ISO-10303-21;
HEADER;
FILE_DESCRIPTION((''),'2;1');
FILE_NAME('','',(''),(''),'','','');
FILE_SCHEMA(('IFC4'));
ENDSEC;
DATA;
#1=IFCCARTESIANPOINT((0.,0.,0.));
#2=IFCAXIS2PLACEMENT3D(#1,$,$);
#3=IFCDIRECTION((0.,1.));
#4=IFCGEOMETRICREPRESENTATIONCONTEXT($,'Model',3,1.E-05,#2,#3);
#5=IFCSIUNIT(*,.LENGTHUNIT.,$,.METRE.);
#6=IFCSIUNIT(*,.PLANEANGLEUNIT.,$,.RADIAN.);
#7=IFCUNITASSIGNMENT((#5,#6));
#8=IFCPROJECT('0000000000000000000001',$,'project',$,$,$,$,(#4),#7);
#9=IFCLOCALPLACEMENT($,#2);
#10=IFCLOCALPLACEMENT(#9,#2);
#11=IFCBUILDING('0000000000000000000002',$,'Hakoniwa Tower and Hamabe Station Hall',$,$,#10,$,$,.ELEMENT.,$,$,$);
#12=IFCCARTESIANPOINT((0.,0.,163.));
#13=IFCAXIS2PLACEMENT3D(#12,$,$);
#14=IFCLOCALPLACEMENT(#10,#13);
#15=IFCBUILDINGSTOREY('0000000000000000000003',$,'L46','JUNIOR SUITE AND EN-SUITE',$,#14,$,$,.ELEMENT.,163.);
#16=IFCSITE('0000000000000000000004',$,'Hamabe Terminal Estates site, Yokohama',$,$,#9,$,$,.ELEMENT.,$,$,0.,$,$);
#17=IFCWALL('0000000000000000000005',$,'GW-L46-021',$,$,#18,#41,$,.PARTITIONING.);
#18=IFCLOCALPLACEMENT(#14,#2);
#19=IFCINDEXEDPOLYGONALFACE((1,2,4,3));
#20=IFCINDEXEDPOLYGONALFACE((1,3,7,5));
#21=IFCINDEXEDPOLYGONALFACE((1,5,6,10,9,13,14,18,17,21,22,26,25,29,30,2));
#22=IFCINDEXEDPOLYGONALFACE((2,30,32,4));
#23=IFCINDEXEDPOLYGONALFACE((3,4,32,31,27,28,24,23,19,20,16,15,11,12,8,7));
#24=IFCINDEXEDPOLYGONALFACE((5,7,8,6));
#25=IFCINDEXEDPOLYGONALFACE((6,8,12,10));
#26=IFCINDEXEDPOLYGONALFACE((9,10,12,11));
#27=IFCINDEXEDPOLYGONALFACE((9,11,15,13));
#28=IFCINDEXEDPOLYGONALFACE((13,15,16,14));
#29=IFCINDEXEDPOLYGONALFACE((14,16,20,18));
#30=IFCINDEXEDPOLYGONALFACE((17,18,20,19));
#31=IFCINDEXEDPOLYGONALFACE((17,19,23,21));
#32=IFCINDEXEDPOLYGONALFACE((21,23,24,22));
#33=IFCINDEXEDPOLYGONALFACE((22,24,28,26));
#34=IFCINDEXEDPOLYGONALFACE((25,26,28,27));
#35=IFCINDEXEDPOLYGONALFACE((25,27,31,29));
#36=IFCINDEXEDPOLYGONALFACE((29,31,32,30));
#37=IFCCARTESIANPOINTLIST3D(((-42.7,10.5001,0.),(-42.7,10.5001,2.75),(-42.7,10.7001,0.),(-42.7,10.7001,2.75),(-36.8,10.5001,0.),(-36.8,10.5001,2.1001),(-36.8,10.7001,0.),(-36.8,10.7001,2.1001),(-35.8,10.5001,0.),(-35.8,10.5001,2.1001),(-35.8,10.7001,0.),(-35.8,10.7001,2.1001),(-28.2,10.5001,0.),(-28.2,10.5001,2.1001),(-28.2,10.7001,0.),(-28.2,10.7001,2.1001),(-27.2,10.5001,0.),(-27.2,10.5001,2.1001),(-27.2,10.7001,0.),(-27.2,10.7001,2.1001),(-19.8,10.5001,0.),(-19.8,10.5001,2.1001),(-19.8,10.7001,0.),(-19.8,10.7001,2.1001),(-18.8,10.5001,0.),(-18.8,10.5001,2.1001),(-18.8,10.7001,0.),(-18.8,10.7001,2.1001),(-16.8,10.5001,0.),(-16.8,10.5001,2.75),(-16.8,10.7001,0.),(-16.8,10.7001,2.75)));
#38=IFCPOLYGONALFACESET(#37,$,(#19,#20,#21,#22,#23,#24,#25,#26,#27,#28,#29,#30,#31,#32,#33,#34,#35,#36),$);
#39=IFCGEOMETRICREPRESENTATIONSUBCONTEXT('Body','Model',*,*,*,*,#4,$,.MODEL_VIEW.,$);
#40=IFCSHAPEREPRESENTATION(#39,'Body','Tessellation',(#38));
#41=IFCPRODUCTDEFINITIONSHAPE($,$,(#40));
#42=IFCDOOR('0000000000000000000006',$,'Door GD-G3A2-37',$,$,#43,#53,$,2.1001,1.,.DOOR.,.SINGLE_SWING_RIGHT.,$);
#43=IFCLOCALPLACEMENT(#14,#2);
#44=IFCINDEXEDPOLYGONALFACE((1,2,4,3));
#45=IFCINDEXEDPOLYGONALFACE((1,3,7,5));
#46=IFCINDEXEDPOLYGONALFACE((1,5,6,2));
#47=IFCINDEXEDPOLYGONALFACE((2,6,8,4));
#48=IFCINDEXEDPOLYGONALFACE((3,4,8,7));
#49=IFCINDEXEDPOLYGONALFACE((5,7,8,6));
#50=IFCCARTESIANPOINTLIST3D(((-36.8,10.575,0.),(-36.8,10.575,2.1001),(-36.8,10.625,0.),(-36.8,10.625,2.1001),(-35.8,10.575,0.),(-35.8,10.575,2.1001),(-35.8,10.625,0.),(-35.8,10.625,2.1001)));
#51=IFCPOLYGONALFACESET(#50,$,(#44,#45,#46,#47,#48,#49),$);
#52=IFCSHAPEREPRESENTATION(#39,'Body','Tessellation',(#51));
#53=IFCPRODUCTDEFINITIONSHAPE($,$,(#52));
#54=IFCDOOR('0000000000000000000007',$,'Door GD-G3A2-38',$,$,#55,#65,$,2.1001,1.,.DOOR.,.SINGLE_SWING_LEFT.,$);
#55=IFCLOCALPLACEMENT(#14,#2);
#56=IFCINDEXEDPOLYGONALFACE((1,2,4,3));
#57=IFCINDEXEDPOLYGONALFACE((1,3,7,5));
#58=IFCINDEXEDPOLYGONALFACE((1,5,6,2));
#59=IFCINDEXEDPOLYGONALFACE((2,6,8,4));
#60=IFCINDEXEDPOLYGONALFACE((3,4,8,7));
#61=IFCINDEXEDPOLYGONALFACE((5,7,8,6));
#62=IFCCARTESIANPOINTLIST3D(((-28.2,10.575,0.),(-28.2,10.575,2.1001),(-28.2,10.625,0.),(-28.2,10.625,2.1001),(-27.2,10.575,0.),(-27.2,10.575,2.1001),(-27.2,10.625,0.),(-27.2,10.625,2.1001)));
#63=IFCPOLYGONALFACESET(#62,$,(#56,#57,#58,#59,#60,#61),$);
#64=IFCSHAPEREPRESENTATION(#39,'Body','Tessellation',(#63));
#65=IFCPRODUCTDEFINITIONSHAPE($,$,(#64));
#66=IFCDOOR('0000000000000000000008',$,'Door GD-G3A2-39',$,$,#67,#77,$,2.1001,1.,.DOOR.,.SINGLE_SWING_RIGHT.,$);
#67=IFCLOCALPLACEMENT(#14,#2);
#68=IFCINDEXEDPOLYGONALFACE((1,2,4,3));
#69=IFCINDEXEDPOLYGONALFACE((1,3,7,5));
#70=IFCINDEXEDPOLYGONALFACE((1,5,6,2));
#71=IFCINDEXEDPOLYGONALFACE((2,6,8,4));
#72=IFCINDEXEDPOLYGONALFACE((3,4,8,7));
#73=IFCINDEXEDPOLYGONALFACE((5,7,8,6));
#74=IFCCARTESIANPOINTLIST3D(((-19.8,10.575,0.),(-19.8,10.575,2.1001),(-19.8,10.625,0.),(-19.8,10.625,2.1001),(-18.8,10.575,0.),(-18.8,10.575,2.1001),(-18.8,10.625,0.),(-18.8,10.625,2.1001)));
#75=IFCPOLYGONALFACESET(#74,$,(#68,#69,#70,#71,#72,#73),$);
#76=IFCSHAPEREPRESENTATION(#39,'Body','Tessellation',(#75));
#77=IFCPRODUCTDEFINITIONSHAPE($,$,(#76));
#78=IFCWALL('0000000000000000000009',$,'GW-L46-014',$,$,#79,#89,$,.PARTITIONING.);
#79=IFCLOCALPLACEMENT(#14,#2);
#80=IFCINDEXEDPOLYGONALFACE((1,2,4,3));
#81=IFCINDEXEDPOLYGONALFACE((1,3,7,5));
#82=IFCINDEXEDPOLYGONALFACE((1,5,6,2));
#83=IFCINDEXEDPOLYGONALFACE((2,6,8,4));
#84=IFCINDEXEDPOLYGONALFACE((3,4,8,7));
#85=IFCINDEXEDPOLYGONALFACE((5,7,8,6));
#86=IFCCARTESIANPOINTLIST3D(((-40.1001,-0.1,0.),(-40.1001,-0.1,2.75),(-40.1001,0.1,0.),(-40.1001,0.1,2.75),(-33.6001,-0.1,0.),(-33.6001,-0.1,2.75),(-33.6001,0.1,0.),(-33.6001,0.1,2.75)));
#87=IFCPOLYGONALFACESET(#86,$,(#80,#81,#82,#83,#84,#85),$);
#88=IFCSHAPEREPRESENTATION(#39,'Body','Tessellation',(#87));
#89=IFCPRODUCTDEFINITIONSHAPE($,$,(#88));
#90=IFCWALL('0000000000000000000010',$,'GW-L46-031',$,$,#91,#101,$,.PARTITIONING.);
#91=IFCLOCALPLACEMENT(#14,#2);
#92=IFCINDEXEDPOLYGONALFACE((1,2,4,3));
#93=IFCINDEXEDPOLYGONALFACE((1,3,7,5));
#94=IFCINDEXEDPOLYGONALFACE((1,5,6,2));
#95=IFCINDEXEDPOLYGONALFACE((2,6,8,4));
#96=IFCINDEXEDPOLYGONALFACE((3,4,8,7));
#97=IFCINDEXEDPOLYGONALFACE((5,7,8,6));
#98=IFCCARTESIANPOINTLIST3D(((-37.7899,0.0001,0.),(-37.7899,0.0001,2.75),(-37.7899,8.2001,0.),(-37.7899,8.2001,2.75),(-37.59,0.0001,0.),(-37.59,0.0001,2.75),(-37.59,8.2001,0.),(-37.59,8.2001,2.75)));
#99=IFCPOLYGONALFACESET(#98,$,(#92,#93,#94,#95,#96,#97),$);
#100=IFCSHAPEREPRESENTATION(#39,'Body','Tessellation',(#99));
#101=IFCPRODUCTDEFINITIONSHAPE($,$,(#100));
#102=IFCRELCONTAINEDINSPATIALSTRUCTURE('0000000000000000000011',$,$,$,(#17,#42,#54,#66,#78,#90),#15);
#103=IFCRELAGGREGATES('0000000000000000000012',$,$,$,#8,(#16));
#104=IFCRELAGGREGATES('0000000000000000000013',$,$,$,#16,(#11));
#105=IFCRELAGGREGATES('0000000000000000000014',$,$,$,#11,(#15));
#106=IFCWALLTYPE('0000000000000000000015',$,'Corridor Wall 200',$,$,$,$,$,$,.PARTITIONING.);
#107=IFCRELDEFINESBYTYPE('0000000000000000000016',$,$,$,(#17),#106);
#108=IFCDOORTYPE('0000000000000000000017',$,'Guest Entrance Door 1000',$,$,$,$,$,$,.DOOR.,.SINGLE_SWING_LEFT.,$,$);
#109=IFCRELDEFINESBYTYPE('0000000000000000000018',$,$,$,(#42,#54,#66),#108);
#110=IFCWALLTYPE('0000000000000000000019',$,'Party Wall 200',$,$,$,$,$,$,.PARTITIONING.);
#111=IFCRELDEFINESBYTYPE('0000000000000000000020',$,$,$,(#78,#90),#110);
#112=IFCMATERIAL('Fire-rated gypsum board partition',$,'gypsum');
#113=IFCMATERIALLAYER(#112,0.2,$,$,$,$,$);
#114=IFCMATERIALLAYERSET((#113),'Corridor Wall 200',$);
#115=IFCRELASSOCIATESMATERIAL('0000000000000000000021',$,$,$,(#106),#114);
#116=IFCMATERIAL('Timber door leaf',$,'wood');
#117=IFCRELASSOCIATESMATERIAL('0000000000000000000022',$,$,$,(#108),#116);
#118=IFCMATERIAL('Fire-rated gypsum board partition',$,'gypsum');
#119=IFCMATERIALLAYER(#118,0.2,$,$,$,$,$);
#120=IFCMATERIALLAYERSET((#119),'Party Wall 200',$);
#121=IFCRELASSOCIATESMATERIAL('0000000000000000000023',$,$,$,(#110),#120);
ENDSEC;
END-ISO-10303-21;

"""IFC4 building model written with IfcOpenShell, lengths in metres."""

from ifc_helpers import new_model, si_unit, direction, frame, frame_2d, origin, place, context, subcontext, project, spatial, rectangle, extrude, material, layer, layer_set, type_object, element, fill, save


model = new_model("IFC4")

# Units and contexts
model_context = context("Model", 3, precision=1e-05, world=origin(), true_north=direction((0.0, 1.0)))
body_context = subcontext(model_context, "Body", "Model", "MODEL_VIEW")
ifc_project = project(units=[si_unit("LENGTHUNIT", "METRE"), si_unit("PLANEANGLEUNIT", "RADIAN")], contexts=[model_context])

# Site, building, storey
site_placement = place(None, origin())
site = spatial("IfcSite", under=ifc_project, at=site_placement, Name="Hamabe Terminal Estates site, Yokohama", CompositionType="ELEMENT", RefElevation=0.0)
building_placement = place(site_placement, origin())
building = spatial("IfcBuilding", under=site, at=building_placement, Name="Hakoniwa Tower and Hamabe Station Hall", CompositionType="ELEMENT")
storey_placement = place(building_placement, frame((0.0, 0.0, 163.0)))
storey = spatial("IfcBuildingStorey", under=building, at=storey_placement, Name="L46", Description="JUNIOR SUITE AND EN-SUITE", CompositionType="ELEMENT", Elevation=163.0)

# Wall, openings, doors
ifc_material_1 = material(Name="Fire-rated gypsum board partition", Category="gypsum")
ifc_layer_1 = layer(ifc_material_1, 0.2)
ifc_layer_set_1 = layer_set([ifc_layer_1], Name="Corridor Wall 200")
wall_type_1 = type_object("IfcWallType", Name="Corridor Wall 200", PredefinedType="PARTITIONING", material=ifc_layer_set_1)
wall_1_placement = place(storey_placement, frame((-42.7, 10.6001, 0.0), z_axis=(0.0, 0.0, 1.0), x_axis=(1.0, 0.0, 0.0)))
wall_1 = element("IfcWall", 1, at=wall_1_placement, inside=storey, type_object=wall_type_1, Name="GW-L46-021", PredefinedType="PARTITIONING", context=body_context, shape_type="SweptSolid", body=[
    extrude(rectangle(XDim=25.8999, YDim=0.2, at=frame_2d((12.95, 0.0))), origin(), (0.0, 0.0, 1.0), 2.75),
])
opening_1_placement = place(wall_1_placement, frame((5.8999, 0.0, 0.0)))
opening_1 = element("IfcOpeningElement", 2, at=opening_1_placement, cuts=wall_1, PredefinedType="OPENING", context=body_context, shape_type="SweptSolid", body=[
    extrude(rectangle(XDim=1.0, YDim=2.1001, at=frame_2d((0.5, 1.05))), frame((0.0, 0.1099, 0.0), z_axis=(0.0, -1.0, 0.0), x_axis=(1.0, 0.0, 0.0)), (0.0, 0.0, 1.0), 0.22),
])
opening_2_placement = place(wall_1_placement, frame((14.5, 0.0, 0.0)))
opening_2 = element("IfcOpeningElement", 3, at=opening_2_placement, cuts=wall_1, PredefinedType="OPENING", context=body_context, shape_type="SweptSolid", body=[
    extrude(rectangle(XDim=1.0, YDim=2.1001, at=frame_2d((0.5, 1.05))), frame((0.0, 0.1099, 0.0), z_axis=(0.0, -1.0, 0.0), x_axis=(1.0, 0.0, 0.0)), (0.0, 0.0, 1.0), 0.22),
])
opening_3_placement = place(wall_1_placement, frame((22.8999, 0.0, 0.0)))
opening_3 = element("IfcOpeningElement", 4, at=opening_3_placement, cuts=wall_1, PredefinedType="OPENING", context=body_context, shape_type="SweptSolid", body=[
    extrude(rectangle(XDim=1.0, YDim=2.1001, at=frame_2d((0.5, 1.05))), frame((0.0, 0.1099, 0.0), z_axis=(0.0, -1.0, 0.0), x_axis=(1.0, 0.0, 0.0)), (0.0, 0.0, 1.0), 0.22),
])
ifc_material_2 = material(Name="Timber door leaf", Category="wood")
door_type_1 = type_object("IfcDoorType", Name="Guest Entrance Door 1000", OperationType="SINGLE_SWING_LEFT", PredefinedType="DOOR", material=ifc_material_2)
door_1_placement = place(opening_1_placement, origin())
door_1 = element("IfcDoor", 5, at=door_1_placement, inside=storey, type_object=door_type_1, Name="Door GD-G3A2-37", OperationType="SINGLE_SWING_RIGHT", OverallHeight=2.1001, OverallWidth=1.0, PredefinedType="DOOR", context=body_context, shape_type="SweptSolid", body=[
    extrude(rectangle(XDim=1.0, YDim=2.1001, at=frame_2d((0.5, 1.05))), frame((0.0, 0.0249, 0.0), z_axis=(0.0, -1.0, 0.0), x_axis=(1.0, 0.0, 0.0)), (0.0, 0.0, 1.0), 0.05),
])
fill(opening_1, door_1)
door_2_placement = place(opening_2_placement, origin())
door_2 = element("IfcDoor", 6, at=door_2_placement, inside=storey, type_object=door_type_1, Name="Door GD-G3A2-38", OperationType="SINGLE_SWING_LEFT", OverallHeight=2.1001, OverallWidth=1.0, PredefinedType="DOOR", context=body_context, shape_type="SweptSolid", body=[
    extrude(rectangle(XDim=1.0, YDim=2.1001, at=frame_2d((0.5, 1.05))), frame((0.0, 0.0249, 0.0), z_axis=(0.0, -1.0, 0.0), x_axis=(1.0, 0.0, 0.0)), (0.0, 0.0, 1.0), 0.05),
])
fill(opening_2, door_2)
door_3_placement = place(opening_3_placement, origin())
door_3 = element("IfcDoor", 7, at=door_3_placement, inside=storey, type_object=door_type_1, Name="Door GD-G3A2-39", OperationType="SINGLE_SWING_RIGHT", OverallHeight=2.1001, OverallWidth=1.0, PredefinedType="DOOR", context=body_context, shape_type="SweptSolid", body=[
    extrude(rectangle(XDim=1.0, YDim=2.1001, at=frame_2d((0.5, 1.05))), frame((0.0, 0.0249, 0.0), z_axis=(0.0, -1.0, 0.0), x_axis=(1.0, 0.0, 0.0)), (0.0, 0.0, 1.0), 0.05),
])
fill(opening_3, door_3)

# Walls
ifc_material_3 = material(Name="Fire-rated gypsum board partition", Category="gypsum")
ifc_layer_2 = layer(ifc_material_3, 0.2)
ifc_layer_set_2 = layer_set([ifc_layer_2], Name="Party Wall 200")
wall_type_2 = type_object("IfcWallType", Name="Party Wall 200", PredefinedType="PARTITIONING", material=ifc_layer_set_2)
wall_2_placement = place(storey_placement, frame((-40.1001, 0.0, 0.0), z_axis=(0.0, 0.0, 1.0), x_axis=(1.0, 0.0, 0.0)))
element("IfcWall", 8, at=wall_2_placement, inside=storey, type_object=wall_type_2, Name="GW-L46-014", PredefinedType="PARTITIONING", context=body_context, shape_type="SweptSolid", body=[
    extrude(rectangle(XDim=6.5, YDim=0.2, at=frame_2d((3.25, 0.0))), origin(), (0.0, 0.0, 1.0), 2.75),
])
wall_3_placement = place(storey_placement, frame((-37.6899, 0.0, 0.0), z_axis=(0.0, 0.0, 1.0), x_axis=(0.0, 1.0, 0.0)))
element("IfcWall", 9, at=wall_3_placement, inside=storey, type_object=wall_type_2, Name="GW-L46-031", PredefinedType="PARTITIONING", context=body_context, shape_type="SweptSolid", body=[
    extrude(rectangle(XDim=8.2, YDim=0.2, at=frame_2d((4.1001, 0.0))), origin(), (0.0, 0.0, 1.0), 2.75),
])

save(model, "model.ifc")
